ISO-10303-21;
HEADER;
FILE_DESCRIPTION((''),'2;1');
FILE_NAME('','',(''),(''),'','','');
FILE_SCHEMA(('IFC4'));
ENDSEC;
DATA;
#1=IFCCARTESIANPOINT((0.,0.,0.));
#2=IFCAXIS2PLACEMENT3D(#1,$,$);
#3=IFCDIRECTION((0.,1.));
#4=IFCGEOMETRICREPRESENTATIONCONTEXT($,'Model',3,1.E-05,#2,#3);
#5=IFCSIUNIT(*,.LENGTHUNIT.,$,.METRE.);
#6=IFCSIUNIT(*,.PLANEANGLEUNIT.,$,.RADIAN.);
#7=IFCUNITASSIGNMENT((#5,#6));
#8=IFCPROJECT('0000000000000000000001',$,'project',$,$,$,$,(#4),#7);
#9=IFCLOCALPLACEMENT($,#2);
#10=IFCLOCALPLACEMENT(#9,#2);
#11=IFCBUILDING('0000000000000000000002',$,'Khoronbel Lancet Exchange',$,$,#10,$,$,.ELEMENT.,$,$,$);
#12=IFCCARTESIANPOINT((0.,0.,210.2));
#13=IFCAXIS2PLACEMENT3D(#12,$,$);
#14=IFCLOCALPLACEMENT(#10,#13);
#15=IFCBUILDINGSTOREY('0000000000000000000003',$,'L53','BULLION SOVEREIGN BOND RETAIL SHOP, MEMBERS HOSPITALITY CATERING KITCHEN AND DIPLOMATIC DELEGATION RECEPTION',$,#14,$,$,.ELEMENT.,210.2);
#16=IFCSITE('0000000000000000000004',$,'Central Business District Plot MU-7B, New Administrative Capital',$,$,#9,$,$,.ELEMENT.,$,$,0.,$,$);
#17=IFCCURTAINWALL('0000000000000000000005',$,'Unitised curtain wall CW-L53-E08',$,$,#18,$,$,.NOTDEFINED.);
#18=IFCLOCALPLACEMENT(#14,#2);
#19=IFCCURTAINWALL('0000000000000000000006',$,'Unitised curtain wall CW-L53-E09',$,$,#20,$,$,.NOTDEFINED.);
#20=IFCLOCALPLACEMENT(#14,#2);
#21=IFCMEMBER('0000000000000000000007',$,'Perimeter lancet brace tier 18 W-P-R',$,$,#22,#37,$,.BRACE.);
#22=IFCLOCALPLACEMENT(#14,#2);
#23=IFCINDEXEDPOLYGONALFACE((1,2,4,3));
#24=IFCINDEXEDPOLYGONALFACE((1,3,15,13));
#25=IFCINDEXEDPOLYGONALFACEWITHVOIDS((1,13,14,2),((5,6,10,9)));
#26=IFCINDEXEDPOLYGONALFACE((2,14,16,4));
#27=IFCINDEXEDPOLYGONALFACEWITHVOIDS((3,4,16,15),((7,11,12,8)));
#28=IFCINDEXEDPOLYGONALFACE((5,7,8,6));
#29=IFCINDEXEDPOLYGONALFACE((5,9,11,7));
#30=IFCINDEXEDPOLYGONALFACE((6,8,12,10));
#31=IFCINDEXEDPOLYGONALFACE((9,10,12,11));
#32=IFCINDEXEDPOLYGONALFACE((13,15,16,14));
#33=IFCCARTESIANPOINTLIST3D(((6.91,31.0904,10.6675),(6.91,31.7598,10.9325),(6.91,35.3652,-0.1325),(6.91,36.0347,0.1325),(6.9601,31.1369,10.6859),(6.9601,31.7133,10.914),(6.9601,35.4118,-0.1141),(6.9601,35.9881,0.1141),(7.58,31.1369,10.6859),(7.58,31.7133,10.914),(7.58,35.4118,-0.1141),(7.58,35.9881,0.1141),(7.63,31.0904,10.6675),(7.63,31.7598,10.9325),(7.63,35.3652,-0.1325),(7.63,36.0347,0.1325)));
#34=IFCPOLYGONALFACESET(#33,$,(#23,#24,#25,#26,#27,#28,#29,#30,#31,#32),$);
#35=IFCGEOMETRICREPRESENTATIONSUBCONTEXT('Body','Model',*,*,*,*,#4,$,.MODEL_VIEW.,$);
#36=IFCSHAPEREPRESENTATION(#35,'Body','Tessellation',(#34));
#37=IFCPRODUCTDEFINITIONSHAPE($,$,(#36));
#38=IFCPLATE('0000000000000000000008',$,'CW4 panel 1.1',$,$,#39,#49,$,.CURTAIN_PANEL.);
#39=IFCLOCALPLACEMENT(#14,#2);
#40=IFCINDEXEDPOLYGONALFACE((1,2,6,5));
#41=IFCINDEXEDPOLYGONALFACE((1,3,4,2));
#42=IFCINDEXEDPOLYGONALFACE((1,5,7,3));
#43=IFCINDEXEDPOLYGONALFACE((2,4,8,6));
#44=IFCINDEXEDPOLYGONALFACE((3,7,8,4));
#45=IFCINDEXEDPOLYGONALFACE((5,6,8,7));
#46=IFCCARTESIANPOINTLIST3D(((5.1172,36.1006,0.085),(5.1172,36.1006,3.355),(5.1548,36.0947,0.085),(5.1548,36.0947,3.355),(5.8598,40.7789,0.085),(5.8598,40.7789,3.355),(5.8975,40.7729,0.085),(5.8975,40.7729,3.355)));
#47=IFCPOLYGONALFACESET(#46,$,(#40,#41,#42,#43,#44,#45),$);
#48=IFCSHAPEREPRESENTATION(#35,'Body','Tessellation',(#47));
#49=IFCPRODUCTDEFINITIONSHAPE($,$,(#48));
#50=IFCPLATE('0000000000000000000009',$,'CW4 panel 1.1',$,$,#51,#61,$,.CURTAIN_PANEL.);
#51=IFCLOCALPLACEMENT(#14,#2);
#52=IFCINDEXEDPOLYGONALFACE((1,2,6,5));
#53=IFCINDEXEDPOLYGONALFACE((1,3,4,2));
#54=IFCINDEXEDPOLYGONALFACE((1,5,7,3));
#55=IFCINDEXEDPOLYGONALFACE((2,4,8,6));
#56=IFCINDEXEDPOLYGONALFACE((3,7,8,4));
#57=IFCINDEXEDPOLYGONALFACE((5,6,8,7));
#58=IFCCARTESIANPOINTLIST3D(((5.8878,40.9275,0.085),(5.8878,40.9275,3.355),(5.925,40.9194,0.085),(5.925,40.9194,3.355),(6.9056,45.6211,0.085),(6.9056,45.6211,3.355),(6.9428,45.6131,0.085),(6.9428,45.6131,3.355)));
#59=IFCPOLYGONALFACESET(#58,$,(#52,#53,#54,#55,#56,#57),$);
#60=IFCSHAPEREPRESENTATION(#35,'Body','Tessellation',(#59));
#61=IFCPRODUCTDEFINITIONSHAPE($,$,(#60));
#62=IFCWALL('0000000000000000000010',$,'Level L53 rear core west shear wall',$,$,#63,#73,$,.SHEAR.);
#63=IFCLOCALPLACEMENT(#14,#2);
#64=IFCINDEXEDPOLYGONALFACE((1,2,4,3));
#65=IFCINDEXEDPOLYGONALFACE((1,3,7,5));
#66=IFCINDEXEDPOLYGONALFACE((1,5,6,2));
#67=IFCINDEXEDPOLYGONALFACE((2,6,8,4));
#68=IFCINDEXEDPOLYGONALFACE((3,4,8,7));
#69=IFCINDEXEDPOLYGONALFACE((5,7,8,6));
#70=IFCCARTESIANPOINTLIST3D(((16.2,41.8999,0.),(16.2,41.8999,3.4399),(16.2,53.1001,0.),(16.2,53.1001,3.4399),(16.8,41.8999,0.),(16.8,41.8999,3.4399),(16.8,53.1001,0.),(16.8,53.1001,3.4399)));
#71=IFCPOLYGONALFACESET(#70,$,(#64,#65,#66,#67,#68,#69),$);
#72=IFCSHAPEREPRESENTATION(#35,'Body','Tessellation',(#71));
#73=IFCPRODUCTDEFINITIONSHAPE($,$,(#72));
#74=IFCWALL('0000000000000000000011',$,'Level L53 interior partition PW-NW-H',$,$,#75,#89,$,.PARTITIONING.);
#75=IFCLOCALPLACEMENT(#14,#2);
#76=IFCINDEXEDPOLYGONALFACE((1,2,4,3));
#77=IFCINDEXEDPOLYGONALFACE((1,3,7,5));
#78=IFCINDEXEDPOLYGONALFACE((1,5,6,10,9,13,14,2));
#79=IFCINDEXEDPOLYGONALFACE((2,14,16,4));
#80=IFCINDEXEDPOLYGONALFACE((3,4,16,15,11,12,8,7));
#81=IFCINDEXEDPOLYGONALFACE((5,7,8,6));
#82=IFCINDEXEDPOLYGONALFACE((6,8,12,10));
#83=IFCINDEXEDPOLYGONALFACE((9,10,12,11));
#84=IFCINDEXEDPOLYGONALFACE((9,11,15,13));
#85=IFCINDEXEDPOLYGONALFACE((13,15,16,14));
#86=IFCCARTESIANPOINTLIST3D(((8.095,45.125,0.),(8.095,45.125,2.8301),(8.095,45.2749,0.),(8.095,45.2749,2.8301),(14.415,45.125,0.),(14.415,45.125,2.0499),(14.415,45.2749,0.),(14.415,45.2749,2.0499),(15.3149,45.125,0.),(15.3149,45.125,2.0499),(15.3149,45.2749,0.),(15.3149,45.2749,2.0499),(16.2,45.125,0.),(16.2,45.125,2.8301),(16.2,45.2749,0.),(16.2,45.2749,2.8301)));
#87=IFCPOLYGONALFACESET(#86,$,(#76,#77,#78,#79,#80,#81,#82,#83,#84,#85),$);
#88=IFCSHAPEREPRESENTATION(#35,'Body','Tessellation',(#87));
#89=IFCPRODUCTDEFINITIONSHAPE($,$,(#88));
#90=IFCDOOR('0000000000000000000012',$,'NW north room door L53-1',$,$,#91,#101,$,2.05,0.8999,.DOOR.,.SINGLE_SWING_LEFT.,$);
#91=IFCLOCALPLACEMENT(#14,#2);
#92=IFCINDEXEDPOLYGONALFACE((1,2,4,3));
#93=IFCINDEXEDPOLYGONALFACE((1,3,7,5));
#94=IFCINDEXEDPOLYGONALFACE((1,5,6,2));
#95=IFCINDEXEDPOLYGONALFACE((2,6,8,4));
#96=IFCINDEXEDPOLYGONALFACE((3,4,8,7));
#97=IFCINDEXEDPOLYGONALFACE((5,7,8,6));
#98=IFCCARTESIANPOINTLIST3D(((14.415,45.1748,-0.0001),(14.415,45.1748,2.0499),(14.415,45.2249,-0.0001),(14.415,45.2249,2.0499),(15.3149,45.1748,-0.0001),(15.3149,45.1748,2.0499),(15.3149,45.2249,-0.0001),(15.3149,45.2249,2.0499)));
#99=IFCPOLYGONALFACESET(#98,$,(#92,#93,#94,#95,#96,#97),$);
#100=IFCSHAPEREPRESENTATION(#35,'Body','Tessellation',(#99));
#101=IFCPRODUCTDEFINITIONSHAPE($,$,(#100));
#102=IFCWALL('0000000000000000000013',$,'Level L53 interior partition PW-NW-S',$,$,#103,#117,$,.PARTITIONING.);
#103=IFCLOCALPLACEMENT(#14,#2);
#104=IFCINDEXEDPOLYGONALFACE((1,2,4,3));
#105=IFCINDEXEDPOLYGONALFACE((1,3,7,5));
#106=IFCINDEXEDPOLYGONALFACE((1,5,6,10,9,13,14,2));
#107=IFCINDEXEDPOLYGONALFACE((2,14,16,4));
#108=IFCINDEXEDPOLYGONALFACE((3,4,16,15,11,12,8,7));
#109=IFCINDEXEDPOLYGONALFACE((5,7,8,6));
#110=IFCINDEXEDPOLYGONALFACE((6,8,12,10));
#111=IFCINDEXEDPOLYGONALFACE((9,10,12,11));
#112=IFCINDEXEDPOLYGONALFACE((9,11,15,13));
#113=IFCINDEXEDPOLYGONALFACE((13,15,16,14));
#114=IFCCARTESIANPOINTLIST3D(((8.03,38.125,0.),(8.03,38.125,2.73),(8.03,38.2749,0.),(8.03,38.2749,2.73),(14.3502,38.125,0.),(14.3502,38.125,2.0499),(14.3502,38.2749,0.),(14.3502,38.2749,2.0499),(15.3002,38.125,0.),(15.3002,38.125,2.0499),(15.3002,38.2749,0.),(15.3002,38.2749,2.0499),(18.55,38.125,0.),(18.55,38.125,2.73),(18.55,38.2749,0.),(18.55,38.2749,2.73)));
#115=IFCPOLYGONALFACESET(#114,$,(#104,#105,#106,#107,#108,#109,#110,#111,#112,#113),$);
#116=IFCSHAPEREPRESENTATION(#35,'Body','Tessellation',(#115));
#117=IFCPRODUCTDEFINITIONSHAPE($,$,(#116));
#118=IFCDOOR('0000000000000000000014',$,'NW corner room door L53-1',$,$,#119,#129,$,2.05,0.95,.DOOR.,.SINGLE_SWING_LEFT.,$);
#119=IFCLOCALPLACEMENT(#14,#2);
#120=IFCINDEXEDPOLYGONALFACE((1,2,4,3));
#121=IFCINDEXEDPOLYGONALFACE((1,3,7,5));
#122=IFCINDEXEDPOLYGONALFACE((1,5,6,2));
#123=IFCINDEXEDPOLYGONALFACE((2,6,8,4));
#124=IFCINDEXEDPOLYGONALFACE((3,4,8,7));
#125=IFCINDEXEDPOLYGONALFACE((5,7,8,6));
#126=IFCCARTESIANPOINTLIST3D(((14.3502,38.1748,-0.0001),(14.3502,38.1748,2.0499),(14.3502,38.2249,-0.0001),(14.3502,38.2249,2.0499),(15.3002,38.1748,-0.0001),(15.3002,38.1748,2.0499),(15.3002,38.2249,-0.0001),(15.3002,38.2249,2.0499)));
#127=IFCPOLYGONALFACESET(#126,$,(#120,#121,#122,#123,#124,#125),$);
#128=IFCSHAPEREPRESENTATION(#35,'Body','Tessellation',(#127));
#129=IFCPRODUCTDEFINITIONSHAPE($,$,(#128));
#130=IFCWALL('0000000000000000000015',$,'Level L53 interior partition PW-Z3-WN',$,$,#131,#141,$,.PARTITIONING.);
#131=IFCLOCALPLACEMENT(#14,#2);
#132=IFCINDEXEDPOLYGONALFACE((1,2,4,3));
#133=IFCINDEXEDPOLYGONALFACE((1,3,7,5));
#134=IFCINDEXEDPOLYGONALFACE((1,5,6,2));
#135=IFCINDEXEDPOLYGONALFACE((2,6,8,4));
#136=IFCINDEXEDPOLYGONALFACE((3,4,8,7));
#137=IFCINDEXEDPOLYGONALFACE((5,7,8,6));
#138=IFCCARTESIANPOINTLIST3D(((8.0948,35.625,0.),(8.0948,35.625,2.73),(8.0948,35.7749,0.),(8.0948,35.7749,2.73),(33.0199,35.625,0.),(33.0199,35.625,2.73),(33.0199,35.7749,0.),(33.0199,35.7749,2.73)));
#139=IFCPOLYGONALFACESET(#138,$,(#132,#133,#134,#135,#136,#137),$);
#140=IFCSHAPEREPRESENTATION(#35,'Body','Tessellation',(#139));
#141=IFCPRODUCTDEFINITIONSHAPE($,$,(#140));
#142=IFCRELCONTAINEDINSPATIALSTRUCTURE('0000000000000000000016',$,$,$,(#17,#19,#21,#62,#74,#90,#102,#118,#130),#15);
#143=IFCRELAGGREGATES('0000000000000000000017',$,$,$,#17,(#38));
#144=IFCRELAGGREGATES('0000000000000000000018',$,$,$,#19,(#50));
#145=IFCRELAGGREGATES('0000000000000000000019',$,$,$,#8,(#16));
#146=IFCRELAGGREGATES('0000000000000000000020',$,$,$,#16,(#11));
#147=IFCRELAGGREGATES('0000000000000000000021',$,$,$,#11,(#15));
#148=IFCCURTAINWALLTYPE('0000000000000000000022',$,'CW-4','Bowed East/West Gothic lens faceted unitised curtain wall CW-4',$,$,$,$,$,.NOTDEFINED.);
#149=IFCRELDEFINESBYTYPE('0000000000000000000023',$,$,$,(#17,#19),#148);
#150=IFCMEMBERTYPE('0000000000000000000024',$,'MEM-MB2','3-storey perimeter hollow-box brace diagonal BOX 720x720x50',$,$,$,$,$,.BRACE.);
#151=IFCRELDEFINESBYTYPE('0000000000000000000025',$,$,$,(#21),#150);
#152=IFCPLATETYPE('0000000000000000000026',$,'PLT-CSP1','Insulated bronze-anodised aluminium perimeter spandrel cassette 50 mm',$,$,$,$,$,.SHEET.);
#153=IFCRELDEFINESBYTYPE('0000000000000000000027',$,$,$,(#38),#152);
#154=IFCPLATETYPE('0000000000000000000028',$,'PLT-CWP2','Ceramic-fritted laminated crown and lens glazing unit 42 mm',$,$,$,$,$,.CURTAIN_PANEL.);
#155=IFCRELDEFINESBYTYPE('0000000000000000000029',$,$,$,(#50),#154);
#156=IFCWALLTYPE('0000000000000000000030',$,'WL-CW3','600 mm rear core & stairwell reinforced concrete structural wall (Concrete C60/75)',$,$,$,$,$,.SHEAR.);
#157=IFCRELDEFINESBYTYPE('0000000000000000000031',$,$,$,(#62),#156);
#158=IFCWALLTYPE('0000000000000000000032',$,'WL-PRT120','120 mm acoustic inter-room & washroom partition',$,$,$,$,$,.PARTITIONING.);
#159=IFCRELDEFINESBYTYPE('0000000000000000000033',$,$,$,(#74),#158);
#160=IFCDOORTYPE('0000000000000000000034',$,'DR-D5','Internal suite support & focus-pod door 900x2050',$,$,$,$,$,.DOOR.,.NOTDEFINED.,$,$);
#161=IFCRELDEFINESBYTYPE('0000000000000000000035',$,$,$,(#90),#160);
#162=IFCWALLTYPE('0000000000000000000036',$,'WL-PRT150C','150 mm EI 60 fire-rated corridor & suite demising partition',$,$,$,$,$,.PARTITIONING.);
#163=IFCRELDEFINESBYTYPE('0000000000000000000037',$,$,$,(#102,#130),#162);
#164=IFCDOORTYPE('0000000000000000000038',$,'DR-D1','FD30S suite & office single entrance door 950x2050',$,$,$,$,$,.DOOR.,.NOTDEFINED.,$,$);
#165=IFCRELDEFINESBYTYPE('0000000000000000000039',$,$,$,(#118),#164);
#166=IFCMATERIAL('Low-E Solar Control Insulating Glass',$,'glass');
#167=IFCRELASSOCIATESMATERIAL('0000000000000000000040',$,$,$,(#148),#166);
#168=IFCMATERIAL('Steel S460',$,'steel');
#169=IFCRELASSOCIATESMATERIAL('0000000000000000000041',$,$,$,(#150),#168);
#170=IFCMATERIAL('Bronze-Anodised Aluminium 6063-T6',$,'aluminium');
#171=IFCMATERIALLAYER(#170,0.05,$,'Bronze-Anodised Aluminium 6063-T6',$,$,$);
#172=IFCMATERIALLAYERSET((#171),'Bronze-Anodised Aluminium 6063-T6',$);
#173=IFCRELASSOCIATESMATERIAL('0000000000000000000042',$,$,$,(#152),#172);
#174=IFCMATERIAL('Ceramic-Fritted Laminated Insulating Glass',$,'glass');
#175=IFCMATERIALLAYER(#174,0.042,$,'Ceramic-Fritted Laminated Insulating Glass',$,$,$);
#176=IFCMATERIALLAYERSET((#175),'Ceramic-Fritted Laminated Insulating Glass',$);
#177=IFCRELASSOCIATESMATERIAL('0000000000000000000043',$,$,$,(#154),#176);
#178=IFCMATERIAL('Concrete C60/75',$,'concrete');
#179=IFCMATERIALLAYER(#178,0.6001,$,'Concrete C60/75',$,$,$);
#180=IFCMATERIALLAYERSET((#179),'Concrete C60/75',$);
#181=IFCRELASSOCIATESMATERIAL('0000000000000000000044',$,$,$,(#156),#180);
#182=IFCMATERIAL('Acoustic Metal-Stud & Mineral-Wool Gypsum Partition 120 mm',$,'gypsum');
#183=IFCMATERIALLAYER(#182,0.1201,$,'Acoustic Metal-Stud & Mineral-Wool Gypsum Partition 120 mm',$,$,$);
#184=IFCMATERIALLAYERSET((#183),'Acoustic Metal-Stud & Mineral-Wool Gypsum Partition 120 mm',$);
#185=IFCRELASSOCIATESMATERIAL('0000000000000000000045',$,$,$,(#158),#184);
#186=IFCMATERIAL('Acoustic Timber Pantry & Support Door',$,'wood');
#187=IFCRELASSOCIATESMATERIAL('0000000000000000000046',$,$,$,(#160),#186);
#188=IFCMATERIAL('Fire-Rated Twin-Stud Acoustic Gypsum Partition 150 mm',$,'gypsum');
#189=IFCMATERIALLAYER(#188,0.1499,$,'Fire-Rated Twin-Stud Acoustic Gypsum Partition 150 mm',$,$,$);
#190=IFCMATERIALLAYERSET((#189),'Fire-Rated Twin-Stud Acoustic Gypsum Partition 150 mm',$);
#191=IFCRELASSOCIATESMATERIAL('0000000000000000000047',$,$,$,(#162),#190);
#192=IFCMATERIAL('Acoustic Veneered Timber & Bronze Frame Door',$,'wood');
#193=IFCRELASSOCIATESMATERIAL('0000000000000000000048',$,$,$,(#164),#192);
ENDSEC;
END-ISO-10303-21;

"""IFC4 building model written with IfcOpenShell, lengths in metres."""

from ifc_helpers import new_model, si_unit, direction, frame, frame_2d, origin, origin_2d, place, context, subcontext, project, spatial, rectangle, hollow_rectangle, extrude, material, layer, layer_set, material_profile, profile_set, type_object, element, fill, aggregate, save


model = new_model("IFC4")

# Units and contexts
model_context = context("Model", 3, precision=1e-05, world=origin(), true_north=direction((0.0, 1.0)))
body_context = subcontext(model_context, "Body", "Model", "MODEL_VIEW")
ifc_project = project(units=[si_unit("LENGTHUNIT", "METRE"), si_unit("PLANEANGLEUNIT", "RADIAN")], contexts=[model_context])

# Site, building, storey
site_placement = place(None, origin())
site = spatial("IfcSite", under=ifc_project, at=site_placement, Name="Central Business District Plot MU-7B, New Administrative Capital", CompositionType="ELEMENT", RefElevation=0.0)
building_placement = place(site_placement, origin())
building = spatial("IfcBuilding", under=site, at=building_placement, Name="Khoronbel Lancet Exchange", CompositionType="ELEMENT")
storey_placement = place(building_placement, frame((0.0, 0.0, 210.2)))
storey = spatial("IfcBuildingStorey", under=building, at=storey_placement, Name="L53", Description="BULLION SOVEREIGN BOND RETAIL SHOP, MEMBERS HOSPITALITY CATERING KITCHEN AND DIPLOMATIC DELEGATION RECEPTION", CompositionType="ELEMENT", Elevation=210.2)

# Shared definitions
ifc_material_1 = material(Name="Low-E Solar Control Insulating Glass", Category="glass")
curtain_wall_type = type_object("IfcCurtainWallType", Name="CW-4", Description="Bowed East/West Gothic lens faceted unitised curtain wall CW-4", PredefinedType="NOTDEFINED", material=ifc_material_1)
ifc_material_2 = material(Name="Bronze-Anodised Aluminium 6063-T6", Category="aluminium")

# Curtain walls
curtain_wall_1_placement = place(storey_placement, origin())
curtain_wall_1 = element("IfcCurtainWall", 1, at=curtain_wall_1_placement, inside=storey, type_object=curtain_wall_type, Name="Unitised curtain wall CW-L53-E08", PredefinedType="NOTDEFINED")
curtain_wall_2_placement = place(storey_placement, origin())
curtain_wall_2 = element("IfcCurtainWall", 2, at=curtain_wall_2_placement, inside=storey, type_object=curtain_wall_type, Name="Unitised curtain wall CW-L53-E09", PredefinedType="NOTDEFINED")

# Member
ifc_material_3 = material(Name="Steel S460", Category="steel")
ifc_material_profile_1 = material_profile(ifc_material_3, hollow_rectangle(XDim=0.72, YDim=0.72, WallThickness=0.05, at=origin_2d()), Name="BOX 720x720x50")
ifc_profile_set_1 = profile_set([ifc_material_profile_1], Name="Steel S460")
member_type_1 = type_object("IfcMemberType", Name="MEM-MB2", Description="3-storey perimeter hollow-box brace diagonal BOX 720x720x50", PredefinedType="BRACE", material=ifc_profile_set_1)
member_1_placement = place(storey_placement, frame((7.27, 35.7, 0.0), z_axis=(0.0, -0.36804, 0.92981), x_axis=(1.0, 0.0, 0.0)))
element("IfcMember", 3, at=member_1_placement, inside=storey, type_object=member_type_1, Name="Perimeter lancet brace tier 18 W-P-R", PredefinedType="BRACE", context=body_context, shape_type="SweptSolid", body=[
    extrude(hollow_rectangle(XDim=0.72, YDim=0.72, WallThickness=0.05, at=origin_2d()), origin(), (0.0, 0.0, 1.0), 11.6152),
])

# Plates
ifc_layer_1 = layer(ifc_material_2, 0.05, Name="Bronze-Anodised Aluminium 6063-T6")
ifc_layer_set_1 = layer_set([ifc_layer_1], Name="Bronze-Anodised Aluminium 6063-T6")
plate_type_1 = type_object("IfcPlateType", Name="PLT-CSP1", Description="Insulated bronze-anodised aluminium perimeter spandrel cassette 50 mm", PredefinedType="SHEET", material=ifc_layer_set_1)
plate_1_placement = place(storey_placement, frame((5.5073, 38.4368, 0.085), z_axis=(0.0, 0.0, 1.0), x_axis=(0.156785, 0.987633, 0.0)))
plate_1 = element("IfcPlate", 4, at=plate_1_placement, type_object=plate_type_1, Name="CW4 panel 1.1", PredefinedType="CURTAIN_PANEL", context=body_context, shape_type="SweptSolid", body=[
    extrude(rectangle(XDim=4.7368, YDim=0.0381, at=origin_2d()), origin(), (0.0, 0.0, 1.0), 3.27),
])
aggregate(curtain_wall_1, [plate_1])
ifc_material_4 = material(Name="Ceramic-Fritted Laminated Insulating Glass", Category="glass")
ifc_layer_2 = layer(ifc_material_4, 0.042, Name="Ceramic-Fritted Laminated Insulating Glass")
ifc_layer_set_2 = layer_set([ifc_layer_2], Name="Ceramic-Fritted Laminated Insulating Glass")
plate_type_2 = type_object("IfcPlateType", Name="PLT-CWP2", Description="Ceramic-fritted laminated crown and lens glazing unit 42 mm", PredefinedType="CURTAIN_PANEL", material=ifc_layer_set_2)
plate_2_placement = place(storey_placement, frame((6.4153, 43.2703, 0.085), z_axis=(0.0, 0.0, 1.0), x_axis=(0.211921, 0.977287, 0.0)))
plate_2 = element("IfcPlate", 5, at=plate_2_placement, type_object=plate_type_2, Name="CW4 panel 1.1", PredefinedType="CURTAIN_PANEL", context=body_context, shape_type="SweptSolid", body=[
    extrude(rectangle(XDim=4.8027, YDim=0.0381, at=origin_2d()), origin(), (0.0, 0.0, 1.0), 3.27),
])
aggregate(curtain_wall_2, [plate_2])

# Wall
ifc_material_5 = material(Name="Concrete C60/75", Category="concrete")
ifc_layer_3 = layer(ifc_material_5, 0.6001, Name="Concrete C60/75")
ifc_layer_set_3 = layer_set([ifc_layer_3], Name="Concrete C60/75")
wall_type_1 = type_object("IfcWallType", Name="WL-CW3", Description="600 mm rear core & stairwell reinforced concrete structural wall (Concrete C60/75)", PredefinedType="SHEAR", material=ifc_layer_set_3)
wall_1_placement = place(storey_placement, frame((16.5, 41.8999, 0.0), z_axis=(0.0, 0.0, 1.0), x_axis=(0.0, 1.0, 0.0)))
element("IfcWall", 6, at=wall_1_placement, inside=storey, type_object=wall_type_1, Name="Level L53 rear core west shear wall", PredefinedType="SHEAR", context=body_context, shape_type="SweptSolid", body=[
    extrude(rectangle(XDim=11.2002, YDim=0.6001, at=frame_2d((5.6001, 0.0))), origin(), (0.0, 0.0, 1.0), 3.4399),
])

# Walls, openings, doors
ifc_material_6 = material(Name="Acoustic Metal-Stud & Mineral-Wool Gypsum Partition 120 mm", Category="gypsum")
ifc_layer_4 = layer(ifc_material_6, 0.1201, Name="Acoustic Metal-Stud & Mineral-Wool Gypsum Partition 120 mm")
ifc_layer_set_4 = layer_set([ifc_layer_4], Name="Acoustic Metal-Stud & Mineral-Wool Gypsum Partition 120 mm")
wall_type_2 = type_object("IfcWallType", Name="WL-PRT120", Description="120 mm acoustic inter-room & washroom partition", PredefinedType="PARTITIONING", material=ifc_layer_set_4)
wall_2_placement = place(storey_placement, frame((8.095, 45.2, 0.0), z_axis=(0.0, 0.0, 1.0), x_axis=(1.0, 0.0, 0.0)))
wall_2 = element("IfcWall", 7, at=wall_2_placement, inside=storey, type_object=wall_type_2, Name="Level L53 interior partition PW-NW-H", PredefinedType="PARTITIONING", context=body_context, shape_type="SweptSolid", body=[
    extrude(rectangle(XDim=8.105, YDim=0.1499, at=frame_2d((4.0525, 0.0))), origin(), (0.0, 0.0, 1.0), 2.8301),
])
opening_1_placement = place(wall_2_placement, frame((6.3201, 0.0, 0.0)))
opening_1 = element("IfcOpeningElement", 8, at=opening_1_placement, cuts=wall_2, PredefinedType="OPENING", context=body_context, shape_type="SweptSolid", body=[
    extrude(rectangle(XDim=0.8999, YDim=2.05, at=frame_2d((0.45, 1.0249))), frame((0.0, 0.085, 0.0), z_axis=(0.0, -1.0, 0.0), x_axis=(1.0, 0.0, 0.0)), (0.0, 0.0, 1.0), 0.1699),
])
ifc_material_7 = material(Name="Acoustic Timber Pantry & Support Door", Category="wood")
door_type_1 = type_object("IfcDoorType", Name="DR-D5", Description="Internal suite support & focus-pod door 900x2050", OperationType="NOTDEFINED", PredefinedType="DOOR", material=ifc_material_7)
door_1_placement = place(opening_1_placement, origin())
door_1 = element("IfcDoor", 9, at=door_1_placement, inside=storey, type_object=door_type_1, Name="NW north room door L53-1", OperationType="SINGLE_SWING_LEFT", OverallHeight=2.05, OverallWidth=0.8999, PredefinedType="DOOR", context=body_context, shape_type="SweptSolid", body=[
    extrude(rectangle(XDim=0.8999, YDim=2.05, at=frame_2d((0.45, 1.0249))), frame((0.0, 0.0249, 0.0), z_axis=(0.0, -1.0, 0.0), x_axis=(1.0, 0.0, 0.0)), (0.0, 0.0, 1.0), 0.05),
])
fill(opening_1, door_1)
ifc_material_8 = material(Name="Fire-Rated Twin-Stud Acoustic Gypsum Partition 150 mm", Category="gypsum")
ifc_layer_5 = layer(ifc_material_8, 0.1499, Name="Fire-Rated Twin-Stud Acoustic Gypsum Partition 150 mm")
ifc_layer_set_5 = layer_set([ifc_layer_5], Name="Fire-Rated Twin-Stud Acoustic Gypsum Partition 150 mm")
wall_type_3 = type_object("IfcWallType", Name="WL-PRT150C", Description="150 mm EI 60 fire-rated corridor & suite demising partition", PredefinedType="PARTITIONING", material=ifc_layer_set_5)
wall_3_placement = place(storey_placement, frame((8.03, 38.2, 0.0), z_axis=(0.0, 0.0, 1.0), x_axis=(1.0, 0.0, 0.0)))
wall_3 = element("IfcWall", 10, at=wall_3_placement, inside=storey, type_object=wall_type_3, Name="Level L53 interior partition PW-NW-S", PredefinedType="PARTITIONING", context=body_context, shape_type="SweptSolid", body=[
    extrude(rectangle(XDim=10.52, YDim=0.1499, at=frame_2d((5.26, 0.0))), origin(), (0.0, 0.0, 1.0), 2.73),
])
opening_2_placement = place(wall_3_placement, frame((6.3201, 0.0, 0.0)))
opening_2 = element("IfcOpeningElement", 11, at=opening_2_placement, cuts=wall_3, PredefinedType="OPENING", context=body_context, shape_type="SweptSolid", body=[
    extrude(rectangle(XDim=0.95, YDim=2.05, at=frame_2d((0.4751, 1.0249))), frame((0.0, 0.085, 0.0), z_axis=(0.0, -1.0, 0.0), x_axis=(1.0, 0.0, 0.0)), (0.0, 0.0, 1.0), 0.1699),
])
ifc_material_9 = material(Name="Acoustic Veneered Timber & Bronze Frame Door", Category="wood")
door_type_2 = type_object("IfcDoorType", Name="DR-D1", Description="FD30S suite & office single entrance door 950x2050", OperationType="NOTDEFINED", PredefinedType="DOOR", material=ifc_material_9)
door_2_placement = place(opening_2_placement, origin())
door_2 = element("IfcDoor", 12, at=door_2_placement, inside=storey, type_object=door_type_2, Name="NW corner room door L53-1", OperationType="SINGLE_SWING_LEFT", OverallHeight=2.05, OverallWidth=0.95, PredefinedType="DOOR", context=body_context, shape_type="SweptSolid", body=[
    extrude(rectangle(XDim=0.95, YDim=2.05, at=frame_2d((0.4751, 1.0249))), frame((0.0, 0.0249, 0.0), z_axis=(0.0, -1.0, 0.0), x_axis=(1.0, 0.0, 0.0)), (0.0, 0.0, 1.0), 0.05),
])
fill(opening_2, door_2)

# Wall
wall_4_placement = place(storey_placement, frame((8.095, 35.7, 0.0), z_axis=(0.0, 0.0, 1.0), x_axis=(1.0, 0.0, 0.0)))
element("IfcWall", 13, at=wall_4_placement, inside=storey, type_object=wall_type_3, Name="Level L53 interior partition PW-Z3-WN", PredefinedType="PARTITIONING", context=body_context, shape_type="SweptSolid", body=[
    extrude(rectangle(XDim=24.925, YDim=0.1499, at=frame_2d((12.4624, 0.0))), origin(), (0.0, 0.0, 1.0), 2.73),
])

save(model, "model.ifc")
